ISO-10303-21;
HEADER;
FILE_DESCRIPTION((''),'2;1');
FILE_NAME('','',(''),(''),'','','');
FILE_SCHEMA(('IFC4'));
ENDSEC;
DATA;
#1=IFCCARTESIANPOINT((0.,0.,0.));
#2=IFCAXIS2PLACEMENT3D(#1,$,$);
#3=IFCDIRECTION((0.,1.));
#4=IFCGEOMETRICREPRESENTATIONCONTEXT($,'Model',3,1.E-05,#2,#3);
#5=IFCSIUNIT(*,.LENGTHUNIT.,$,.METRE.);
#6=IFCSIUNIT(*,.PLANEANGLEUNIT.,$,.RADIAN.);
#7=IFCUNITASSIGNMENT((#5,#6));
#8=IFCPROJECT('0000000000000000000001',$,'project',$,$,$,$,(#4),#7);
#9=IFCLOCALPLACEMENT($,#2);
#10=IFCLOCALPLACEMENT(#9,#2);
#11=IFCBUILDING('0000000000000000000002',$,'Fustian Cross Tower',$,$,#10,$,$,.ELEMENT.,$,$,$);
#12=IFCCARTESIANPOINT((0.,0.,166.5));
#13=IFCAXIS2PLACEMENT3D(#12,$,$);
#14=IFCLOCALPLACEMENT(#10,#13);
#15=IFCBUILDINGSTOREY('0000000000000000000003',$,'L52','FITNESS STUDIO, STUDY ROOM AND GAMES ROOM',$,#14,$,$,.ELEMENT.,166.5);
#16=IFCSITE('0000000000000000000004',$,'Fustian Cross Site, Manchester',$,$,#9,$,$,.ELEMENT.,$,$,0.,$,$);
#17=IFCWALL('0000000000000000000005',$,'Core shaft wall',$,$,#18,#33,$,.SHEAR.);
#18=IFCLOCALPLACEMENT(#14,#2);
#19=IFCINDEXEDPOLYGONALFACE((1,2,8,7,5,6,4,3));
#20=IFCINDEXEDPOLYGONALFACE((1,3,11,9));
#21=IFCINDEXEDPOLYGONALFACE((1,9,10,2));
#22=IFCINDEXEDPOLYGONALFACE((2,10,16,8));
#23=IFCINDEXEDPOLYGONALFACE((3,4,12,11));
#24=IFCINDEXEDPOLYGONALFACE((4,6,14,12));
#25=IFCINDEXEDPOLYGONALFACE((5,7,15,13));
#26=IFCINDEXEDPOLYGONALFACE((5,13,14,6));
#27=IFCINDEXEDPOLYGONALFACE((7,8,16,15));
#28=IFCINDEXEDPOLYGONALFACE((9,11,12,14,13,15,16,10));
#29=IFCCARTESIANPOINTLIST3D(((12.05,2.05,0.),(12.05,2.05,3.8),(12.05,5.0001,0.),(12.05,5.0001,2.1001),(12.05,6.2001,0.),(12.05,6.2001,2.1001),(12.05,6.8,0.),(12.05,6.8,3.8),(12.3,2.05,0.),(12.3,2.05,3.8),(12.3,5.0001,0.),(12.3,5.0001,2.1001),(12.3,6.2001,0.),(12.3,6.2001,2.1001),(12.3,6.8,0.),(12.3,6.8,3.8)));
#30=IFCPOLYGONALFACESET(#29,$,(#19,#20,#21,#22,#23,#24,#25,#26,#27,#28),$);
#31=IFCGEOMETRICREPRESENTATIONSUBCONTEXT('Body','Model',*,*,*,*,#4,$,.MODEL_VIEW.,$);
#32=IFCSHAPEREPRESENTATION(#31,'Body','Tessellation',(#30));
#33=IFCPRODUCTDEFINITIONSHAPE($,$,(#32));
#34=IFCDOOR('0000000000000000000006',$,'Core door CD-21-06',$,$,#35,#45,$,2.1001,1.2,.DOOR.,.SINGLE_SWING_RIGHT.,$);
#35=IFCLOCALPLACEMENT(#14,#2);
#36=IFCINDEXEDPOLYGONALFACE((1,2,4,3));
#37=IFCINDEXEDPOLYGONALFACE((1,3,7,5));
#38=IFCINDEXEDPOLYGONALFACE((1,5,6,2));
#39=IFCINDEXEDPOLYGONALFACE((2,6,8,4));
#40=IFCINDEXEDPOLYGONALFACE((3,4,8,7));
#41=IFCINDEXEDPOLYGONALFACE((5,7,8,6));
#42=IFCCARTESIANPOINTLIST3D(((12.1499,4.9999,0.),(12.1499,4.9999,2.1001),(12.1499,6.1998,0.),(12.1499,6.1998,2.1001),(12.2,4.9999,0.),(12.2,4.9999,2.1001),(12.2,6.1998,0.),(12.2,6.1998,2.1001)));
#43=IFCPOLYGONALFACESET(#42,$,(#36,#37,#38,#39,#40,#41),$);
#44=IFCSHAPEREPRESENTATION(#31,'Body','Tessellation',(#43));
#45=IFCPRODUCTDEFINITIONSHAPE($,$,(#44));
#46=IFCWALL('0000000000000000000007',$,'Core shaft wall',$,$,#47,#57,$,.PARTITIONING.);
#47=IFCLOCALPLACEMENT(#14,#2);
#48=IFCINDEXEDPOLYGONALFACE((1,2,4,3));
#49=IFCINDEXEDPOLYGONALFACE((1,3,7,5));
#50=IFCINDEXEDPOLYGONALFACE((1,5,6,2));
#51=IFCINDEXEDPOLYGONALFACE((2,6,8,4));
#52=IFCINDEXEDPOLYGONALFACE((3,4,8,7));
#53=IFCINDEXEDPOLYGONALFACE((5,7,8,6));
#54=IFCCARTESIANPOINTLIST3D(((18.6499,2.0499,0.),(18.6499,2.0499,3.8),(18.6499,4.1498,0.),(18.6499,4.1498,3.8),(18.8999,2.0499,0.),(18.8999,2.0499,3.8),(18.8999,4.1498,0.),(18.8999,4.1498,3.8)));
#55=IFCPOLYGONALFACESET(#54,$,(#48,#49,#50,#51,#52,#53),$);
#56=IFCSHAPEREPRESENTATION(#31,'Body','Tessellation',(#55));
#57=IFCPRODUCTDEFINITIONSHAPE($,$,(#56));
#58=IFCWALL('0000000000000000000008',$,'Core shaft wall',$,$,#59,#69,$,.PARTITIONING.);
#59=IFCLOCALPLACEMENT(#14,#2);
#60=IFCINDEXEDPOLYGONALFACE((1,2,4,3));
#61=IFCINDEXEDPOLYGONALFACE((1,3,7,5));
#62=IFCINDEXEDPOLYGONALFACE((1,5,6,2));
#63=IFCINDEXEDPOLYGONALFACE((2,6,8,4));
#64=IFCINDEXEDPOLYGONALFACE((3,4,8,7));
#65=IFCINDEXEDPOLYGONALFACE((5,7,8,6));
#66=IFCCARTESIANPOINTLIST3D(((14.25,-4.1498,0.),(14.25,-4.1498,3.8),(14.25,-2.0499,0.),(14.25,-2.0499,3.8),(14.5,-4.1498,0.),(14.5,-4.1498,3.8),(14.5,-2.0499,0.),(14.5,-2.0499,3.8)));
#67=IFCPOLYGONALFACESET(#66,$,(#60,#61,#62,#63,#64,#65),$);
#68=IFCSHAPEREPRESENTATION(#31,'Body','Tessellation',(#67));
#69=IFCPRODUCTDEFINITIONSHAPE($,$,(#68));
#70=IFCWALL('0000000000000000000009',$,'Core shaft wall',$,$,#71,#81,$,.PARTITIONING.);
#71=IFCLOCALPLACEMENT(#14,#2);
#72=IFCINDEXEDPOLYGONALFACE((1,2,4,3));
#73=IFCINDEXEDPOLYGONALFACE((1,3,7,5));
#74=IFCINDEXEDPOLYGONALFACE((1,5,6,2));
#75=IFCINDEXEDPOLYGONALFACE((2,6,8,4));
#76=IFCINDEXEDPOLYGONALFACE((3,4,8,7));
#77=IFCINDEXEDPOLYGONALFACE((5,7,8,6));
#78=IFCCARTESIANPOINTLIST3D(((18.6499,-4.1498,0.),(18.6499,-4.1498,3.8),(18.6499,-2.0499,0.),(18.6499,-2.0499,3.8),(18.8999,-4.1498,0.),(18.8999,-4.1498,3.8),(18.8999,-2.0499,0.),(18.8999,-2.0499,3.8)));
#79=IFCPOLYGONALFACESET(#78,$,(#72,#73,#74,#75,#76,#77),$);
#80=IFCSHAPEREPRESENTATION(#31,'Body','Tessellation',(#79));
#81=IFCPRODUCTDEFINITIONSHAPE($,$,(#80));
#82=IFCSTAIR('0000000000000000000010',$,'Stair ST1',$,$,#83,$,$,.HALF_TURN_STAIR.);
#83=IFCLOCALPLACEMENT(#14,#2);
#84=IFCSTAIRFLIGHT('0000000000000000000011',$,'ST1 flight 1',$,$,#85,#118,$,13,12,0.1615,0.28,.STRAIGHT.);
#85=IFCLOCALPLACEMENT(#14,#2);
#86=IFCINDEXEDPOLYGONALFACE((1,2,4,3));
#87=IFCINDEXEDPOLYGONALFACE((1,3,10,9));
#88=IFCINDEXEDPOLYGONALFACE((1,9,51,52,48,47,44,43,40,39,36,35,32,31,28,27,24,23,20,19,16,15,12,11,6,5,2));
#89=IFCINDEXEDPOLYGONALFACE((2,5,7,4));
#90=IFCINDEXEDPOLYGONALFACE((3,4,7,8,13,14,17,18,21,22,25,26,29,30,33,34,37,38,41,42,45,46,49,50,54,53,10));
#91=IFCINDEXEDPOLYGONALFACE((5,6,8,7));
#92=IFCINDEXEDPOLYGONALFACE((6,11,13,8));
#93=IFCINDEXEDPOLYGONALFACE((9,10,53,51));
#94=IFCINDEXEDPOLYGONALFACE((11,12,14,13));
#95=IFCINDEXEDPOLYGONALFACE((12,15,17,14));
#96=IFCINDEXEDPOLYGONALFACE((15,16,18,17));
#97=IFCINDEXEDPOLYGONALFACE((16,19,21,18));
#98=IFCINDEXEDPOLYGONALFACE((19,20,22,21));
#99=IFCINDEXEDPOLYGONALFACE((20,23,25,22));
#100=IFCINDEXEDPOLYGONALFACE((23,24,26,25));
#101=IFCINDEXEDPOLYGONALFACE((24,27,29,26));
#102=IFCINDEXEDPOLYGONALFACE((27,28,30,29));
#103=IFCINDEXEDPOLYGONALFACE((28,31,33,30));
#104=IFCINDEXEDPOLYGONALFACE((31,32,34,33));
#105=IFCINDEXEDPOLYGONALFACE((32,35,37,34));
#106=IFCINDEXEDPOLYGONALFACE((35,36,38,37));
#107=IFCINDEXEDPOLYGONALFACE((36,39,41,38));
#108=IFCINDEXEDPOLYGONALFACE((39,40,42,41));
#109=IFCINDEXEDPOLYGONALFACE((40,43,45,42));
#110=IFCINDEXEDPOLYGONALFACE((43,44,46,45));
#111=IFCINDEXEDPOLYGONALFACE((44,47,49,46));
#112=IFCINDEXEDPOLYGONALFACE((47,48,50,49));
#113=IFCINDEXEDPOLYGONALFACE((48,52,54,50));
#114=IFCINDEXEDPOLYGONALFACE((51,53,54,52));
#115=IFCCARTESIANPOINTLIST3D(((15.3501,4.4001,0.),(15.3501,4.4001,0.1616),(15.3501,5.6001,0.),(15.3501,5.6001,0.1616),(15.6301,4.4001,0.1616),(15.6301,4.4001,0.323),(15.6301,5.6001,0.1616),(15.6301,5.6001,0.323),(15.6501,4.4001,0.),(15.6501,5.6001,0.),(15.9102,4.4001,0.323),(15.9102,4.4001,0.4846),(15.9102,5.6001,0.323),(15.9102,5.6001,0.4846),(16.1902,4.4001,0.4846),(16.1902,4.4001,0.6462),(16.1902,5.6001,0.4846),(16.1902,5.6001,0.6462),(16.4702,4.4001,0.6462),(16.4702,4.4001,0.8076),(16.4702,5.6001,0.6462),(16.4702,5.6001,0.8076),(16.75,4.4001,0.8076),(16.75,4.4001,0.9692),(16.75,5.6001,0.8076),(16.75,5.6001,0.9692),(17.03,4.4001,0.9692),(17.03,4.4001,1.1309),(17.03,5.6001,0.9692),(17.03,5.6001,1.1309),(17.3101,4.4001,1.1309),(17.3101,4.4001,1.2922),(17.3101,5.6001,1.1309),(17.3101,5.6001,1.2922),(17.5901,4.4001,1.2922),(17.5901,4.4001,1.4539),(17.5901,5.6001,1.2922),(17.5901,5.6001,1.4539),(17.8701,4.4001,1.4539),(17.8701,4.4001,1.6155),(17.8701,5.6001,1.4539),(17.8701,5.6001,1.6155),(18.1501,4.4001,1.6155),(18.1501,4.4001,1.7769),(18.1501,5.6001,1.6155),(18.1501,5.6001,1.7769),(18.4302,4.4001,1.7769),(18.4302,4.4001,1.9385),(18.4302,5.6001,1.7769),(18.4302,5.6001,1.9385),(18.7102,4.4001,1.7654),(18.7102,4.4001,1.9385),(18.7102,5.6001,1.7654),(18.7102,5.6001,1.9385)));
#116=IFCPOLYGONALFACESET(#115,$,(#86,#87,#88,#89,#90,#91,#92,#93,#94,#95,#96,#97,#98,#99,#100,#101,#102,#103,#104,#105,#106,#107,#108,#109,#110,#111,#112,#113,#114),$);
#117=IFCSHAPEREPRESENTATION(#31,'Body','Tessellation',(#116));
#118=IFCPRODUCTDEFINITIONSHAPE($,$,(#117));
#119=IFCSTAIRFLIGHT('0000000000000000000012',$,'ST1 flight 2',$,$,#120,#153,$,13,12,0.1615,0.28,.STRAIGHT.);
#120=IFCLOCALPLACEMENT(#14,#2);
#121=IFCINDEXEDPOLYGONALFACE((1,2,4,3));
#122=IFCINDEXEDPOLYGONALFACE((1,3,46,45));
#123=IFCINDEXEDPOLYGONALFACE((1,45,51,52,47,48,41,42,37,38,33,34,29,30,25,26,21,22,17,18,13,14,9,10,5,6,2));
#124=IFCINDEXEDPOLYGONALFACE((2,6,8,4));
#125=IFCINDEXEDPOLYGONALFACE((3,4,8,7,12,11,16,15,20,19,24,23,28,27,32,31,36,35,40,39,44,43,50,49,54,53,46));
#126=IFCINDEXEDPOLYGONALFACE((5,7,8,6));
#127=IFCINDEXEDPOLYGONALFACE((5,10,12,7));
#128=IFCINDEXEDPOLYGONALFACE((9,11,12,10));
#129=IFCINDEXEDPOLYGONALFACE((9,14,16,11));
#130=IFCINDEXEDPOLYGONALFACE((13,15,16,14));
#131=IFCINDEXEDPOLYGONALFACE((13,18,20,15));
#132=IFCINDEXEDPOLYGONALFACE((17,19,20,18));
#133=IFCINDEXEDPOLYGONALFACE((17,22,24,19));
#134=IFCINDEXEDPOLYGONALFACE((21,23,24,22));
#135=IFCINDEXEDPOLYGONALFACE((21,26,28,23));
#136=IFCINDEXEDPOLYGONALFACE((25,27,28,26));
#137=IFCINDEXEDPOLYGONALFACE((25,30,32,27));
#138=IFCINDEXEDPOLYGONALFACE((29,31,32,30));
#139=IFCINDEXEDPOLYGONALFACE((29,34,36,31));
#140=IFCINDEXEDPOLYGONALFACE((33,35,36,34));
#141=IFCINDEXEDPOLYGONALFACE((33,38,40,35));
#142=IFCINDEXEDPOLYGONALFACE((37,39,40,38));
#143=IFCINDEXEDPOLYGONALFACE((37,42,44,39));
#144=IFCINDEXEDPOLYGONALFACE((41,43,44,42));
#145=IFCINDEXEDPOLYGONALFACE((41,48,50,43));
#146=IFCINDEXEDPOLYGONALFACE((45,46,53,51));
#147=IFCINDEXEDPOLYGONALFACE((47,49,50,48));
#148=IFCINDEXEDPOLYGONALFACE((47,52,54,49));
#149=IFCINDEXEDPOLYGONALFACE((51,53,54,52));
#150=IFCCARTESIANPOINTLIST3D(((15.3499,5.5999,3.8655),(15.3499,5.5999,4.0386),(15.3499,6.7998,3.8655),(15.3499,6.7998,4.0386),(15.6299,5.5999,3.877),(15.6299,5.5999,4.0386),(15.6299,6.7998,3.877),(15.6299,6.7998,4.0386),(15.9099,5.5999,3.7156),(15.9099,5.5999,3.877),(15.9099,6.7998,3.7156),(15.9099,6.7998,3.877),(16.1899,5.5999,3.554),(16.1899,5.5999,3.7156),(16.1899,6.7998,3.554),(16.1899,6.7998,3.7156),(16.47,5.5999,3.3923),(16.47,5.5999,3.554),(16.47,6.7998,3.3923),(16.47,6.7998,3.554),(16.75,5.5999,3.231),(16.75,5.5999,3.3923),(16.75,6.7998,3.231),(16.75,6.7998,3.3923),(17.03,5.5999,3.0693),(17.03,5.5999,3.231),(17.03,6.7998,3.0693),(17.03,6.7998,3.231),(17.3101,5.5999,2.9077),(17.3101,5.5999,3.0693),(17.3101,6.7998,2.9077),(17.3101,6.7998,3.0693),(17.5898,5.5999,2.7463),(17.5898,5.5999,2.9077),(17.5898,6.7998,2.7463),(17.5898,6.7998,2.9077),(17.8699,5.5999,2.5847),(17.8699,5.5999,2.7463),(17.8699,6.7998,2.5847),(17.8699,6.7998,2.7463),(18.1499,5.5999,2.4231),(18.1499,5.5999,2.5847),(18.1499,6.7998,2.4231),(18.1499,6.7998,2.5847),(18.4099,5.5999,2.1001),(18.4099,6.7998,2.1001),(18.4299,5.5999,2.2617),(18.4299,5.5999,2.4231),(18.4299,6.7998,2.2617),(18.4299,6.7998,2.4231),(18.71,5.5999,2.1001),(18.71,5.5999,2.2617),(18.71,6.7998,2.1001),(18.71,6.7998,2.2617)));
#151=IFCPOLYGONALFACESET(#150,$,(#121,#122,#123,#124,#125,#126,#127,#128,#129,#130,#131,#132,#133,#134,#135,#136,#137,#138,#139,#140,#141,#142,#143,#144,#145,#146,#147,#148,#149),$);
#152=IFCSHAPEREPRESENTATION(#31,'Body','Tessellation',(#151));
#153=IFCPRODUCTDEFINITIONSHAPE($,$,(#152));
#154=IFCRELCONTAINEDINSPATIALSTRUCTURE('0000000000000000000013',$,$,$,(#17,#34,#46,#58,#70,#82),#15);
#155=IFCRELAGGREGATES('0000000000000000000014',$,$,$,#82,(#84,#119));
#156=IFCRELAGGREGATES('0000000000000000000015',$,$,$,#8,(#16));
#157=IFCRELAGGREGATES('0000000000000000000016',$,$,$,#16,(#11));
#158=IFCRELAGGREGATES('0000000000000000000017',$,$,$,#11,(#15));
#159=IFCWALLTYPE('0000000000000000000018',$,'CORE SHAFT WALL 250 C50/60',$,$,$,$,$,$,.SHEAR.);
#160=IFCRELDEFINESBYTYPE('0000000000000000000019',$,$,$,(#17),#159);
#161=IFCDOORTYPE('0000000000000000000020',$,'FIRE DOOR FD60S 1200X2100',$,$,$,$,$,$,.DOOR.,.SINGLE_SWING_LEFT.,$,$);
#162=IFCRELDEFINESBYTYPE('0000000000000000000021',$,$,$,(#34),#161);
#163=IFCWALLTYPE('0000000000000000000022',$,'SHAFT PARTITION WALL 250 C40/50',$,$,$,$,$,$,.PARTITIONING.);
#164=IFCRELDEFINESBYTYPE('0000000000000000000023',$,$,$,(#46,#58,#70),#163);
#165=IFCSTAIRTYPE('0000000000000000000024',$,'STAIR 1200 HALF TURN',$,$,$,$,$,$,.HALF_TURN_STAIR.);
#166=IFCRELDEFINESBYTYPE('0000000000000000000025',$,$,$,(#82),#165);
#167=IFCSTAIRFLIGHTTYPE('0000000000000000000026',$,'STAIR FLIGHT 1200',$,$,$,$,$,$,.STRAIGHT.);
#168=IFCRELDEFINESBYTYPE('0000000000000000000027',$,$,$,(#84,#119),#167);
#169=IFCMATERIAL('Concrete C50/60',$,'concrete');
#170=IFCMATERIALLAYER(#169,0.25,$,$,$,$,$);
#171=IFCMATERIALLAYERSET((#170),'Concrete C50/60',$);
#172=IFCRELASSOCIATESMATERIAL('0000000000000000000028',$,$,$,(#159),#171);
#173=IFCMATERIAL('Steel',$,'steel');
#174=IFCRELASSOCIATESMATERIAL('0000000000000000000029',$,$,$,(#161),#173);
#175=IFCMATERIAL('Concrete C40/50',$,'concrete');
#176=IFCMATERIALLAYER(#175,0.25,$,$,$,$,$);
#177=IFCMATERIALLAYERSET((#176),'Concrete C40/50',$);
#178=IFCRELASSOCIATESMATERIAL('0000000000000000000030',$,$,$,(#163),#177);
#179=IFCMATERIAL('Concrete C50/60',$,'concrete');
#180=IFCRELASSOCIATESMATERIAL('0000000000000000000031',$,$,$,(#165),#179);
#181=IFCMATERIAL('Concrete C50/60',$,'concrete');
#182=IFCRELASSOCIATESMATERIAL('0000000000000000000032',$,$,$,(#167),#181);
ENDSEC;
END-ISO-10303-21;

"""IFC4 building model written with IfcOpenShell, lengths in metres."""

from ifc_helpers import new_model, si_unit, direction, frame, frame_2d, origin, place, context, subcontext, project, spatial, polyline, rectangle, outline, extrude, material, layer, layer_set, type_object, element, fill, aggregate, save


model = new_model("IFC4")

# Units and contexts
model_context = context("Model", 3, precision=1e-05, world=origin(), true_north=direction((0.0, 1.0)))
body_context = subcontext(model_context, "Body", "Model", "MODEL_VIEW")
ifc_project = project(units=[si_unit("LENGTHUNIT", "METRE"), si_unit("PLANEANGLEUNIT", "RADIAN")], contexts=[model_context])

# Site, building, storey
site_placement = place(None, origin())
site = spatial("IfcSite", under=ifc_project, at=site_placement, Name="Fustian Cross Site, Manchester", CompositionType="ELEMENT", RefElevation=0.0)
building_placement = place(site_placement, origin())
building = spatial("IfcBuilding", under=site, at=building_placement, Name="Fustian Cross Tower", CompositionType="ELEMENT")
storey_placement = place(building_placement, frame((0.0, 0.0, 166.5)))
storey = spatial("IfcBuildingStorey", under=building, at=storey_placement, Name="L52", Description="FITNESS STUDIO, STUDY ROOM AND GAMES ROOM", CompositionType="ELEMENT", Elevation=166.5)

# Shared definitions
ifc_material_1 = material(Name="Concrete C50/60", Category="concrete")
ifc_layer_1 = layer(ifc_material_1, 0.25)
ifc_layer_set_1 = layer_set([ifc_layer_1], Name="Concrete C50/60")
wall_type_1 = type_object("IfcWallType", Name="CORE SHAFT WALL 250 C50/60", PredefinedType="SHEAR", material=ifc_layer_set_1)

# Wall, opening, door
wall_1_placement = place(storey_placement, frame((12.175, 2.05, 0.0), z_axis=(0.0, 0.0, 1.0), x_axis=(0.0, 1.0, 0.0)))
wall_1 = element("IfcWall", 1, at=wall_1_placement, inside=storey, type_object=wall_type_1, Name="Core shaft wall", PredefinedType="SHEAR", context=body_context, shape_type="SweptSolid", body=[
    extrude(rectangle(XDim=4.75, YDim=0.25, at=frame_2d((2.375, 0.0))), origin(), (0.0, 0.0, 1.0), 3.8),
])
opening_1_placement = place(wall_1_placement, frame((2.95, 0.0, 0.0)))
opening_1 = element("IfcOpeningElement", 2, at=opening_1_placement, cuts=wall_1, PredefinedType="OPENING", context=body_context, shape_type="SweptSolid", body=[
    extrude(rectangle(XDim=1.2, YDim=2.1001, at=frame_2d((0.6001, 1.05))), frame((0.0, 0.135, 0.0), z_axis=(0.0, -1.0, 0.0), x_axis=(1.0, 0.0, 0.0)), (0.0, 0.0, 1.0), 0.27),
])
ifc_material_2 = material(Name="Steel", Category="steel")
door_type_1 = type_object("IfcDoorType", Name="FIRE DOOR FD60S 1200X2100", OperationType="SINGLE_SWING_LEFT", PredefinedType="DOOR", material=ifc_material_2)
door_1_placement = place(opening_1_placement, frame((1.2, 0.0, 0.0), z_axis=(0.0, 0.0, 1.0), x_axis=(-1.0, 0.0, 0.0)))
door_1 = element("IfcDoor", 3, at=door_1_placement, inside=storey, type_object=door_type_1, Name="Core door CD-21-06", OperationType="SINGLE_SWING_RIGHT", OverallHeight=2.1001, OverallWidth=1.2, PredefinedType="DOOR", context=body_context, shape_type="SweptSolid", body=[
    extrude(rectangle(XDim=1.2, YDim=2.1001, at=frame_2d((0.6001, 1.05))), frame((0.0, 0.0249, 0.0), z_axis=(0.0, -1.0, 0.0), x_axis=(1.0, 0.0, 0.0)), (0.0, 0.0, 1.0), 0.05),
])
fill(opening_1, door_1)

# Walls
ifc_material_3 = material(Name="Concrete C40/50", Category="concrete")
ifc_layer_2 = layer(ifc_material_3, 0.25)
ifc_layer_set_2 = layer_set([ifc_layer_2], Name="Concrete C40/50")
wall_type_2 = type_object("IfcWallType", Name="SHAFT PARTITION WALL 250 C40/50", PredefinedType="PARTITIONING", material=ifc_layer_set_2)
for number, where, z_axis, x_axis, name in (
    (4, (18.7749, 2.05, 0.0), (0.0, 0.0, 1.0), (0.0, 1.0, 0.0), "Core shaft wall"),
    (5, (14.375, -2.05, 0.0), (0.0, 0.0, 1.0), (0.0, -1.0, 0.0), "Core shaft wall"),
    (6, (18.7749, -2.05, 0.0), (0.0, 0.0, 1.0), (0.0, -1.0, 0.0), "Core shaft wall"),
):
    element("IfcWall", number, at=place(storey_placement, frame(where, z_axis=z_axis, x_axis=x_axis)), inside=storey, type_object=wall_type_2, Name=name, PredefinedType="PARTITIONING", context=body_context, shape_type="SweptSolid", body=[
        extrude(rectangle(XDim=2.0999, YDim=0.25, at=frame_2d((1.0498, 0.0))), origin(), (0.0, 0.0, 1.0), 3.8),
    ])

# Stair, stair flights
ifc_material_4 = material(Name="Concrete C50/60", Category="concrete")
stair_type = type_object("IfcStairType", Name="STAIR 1200 HALF TURN", PredefinedType="HALF_TURN_STAIR", material=ifc_material_4)
stair_placement = place(storey_placement, origin())
stair = element("IfcStair", 7, at=stair_placement, inside=storey, type_object=stair_type, Name="Stair ST1", PredefinedType="HALF_TURN_STAIR")
ifc_material_5 = material(Name="Concrete C50/60", Category="concrete")
stair_flight_type = type_object("IfcStairFlightType", Name="STAIR FLIGHT 1200", PredefinedType="STRAIGHT", material=ifc_material_5)
stair_flight_1_placement = place(storey_placement, frame((15.3501, 5.0, 0.0), z_axis=(0.0, 0.0, 1.0), x_axis=(1.0, 0.0, 0.0)))
stair_flight_1 = element("IfcStairFlight", 8, at=stair_flight_1_placement, type_object=stair_flight_type, Name="ST1 flight 1", NumberOfRisers=13, NumberOfTreads=12, PredefinedType="STRAIGHT", RiserHeight=0.1615, TreadLength=0.28, context=body_context, shape_type="SweptSolid", body=[
    extrude(outline(polyline([(0.0, 0.0), (0.0, 0.1616), (0.28, 0.1616), (0.28, 0.323), (0.5601, 0.323), (0.5601, 0.4846), (0.8401, 0.4846), (0.8401, 0.6462), (1.1201, 0.6462), (1.1201, 0.8076), (1.3999, 0.8076), (1.3999, 0.9692), (1.6799, 0.9692), (1.6799, 1.1309), (1.96, 1.1309), (1.96, 1.2922), (2.24, 1.2922), (2.24, 1.4539), (2.52, 1.4539), (2.52, 1.6155), (2.8, 1.6155), (2.8, 1.7769), (3.0801, 1.7769), (3.0801, 1.9385), (3.3601, 1.9385), (3.3601, 2.1001), (3.3601, 1.7654), (0.3, 0.0), (0.0, 0.0)])), frame((0.0, 0.6001, 0.0), z_axis=(0.0, -1.0, 0.0), x_axis=(1.0, 0.0, 0.0)), (0.0, 0.0, 1.0), 1.2),
])
stair_flight_2_placement = place(storey_placement, frame((18.71, 6.2, 2.1001), z_axis=(0.0, 0.0, 1.0), x_axis=(-1.0, 0.0, 0.0)))
stair_flight_2 = element("IfcStairFlight", 9, at=stair_flight_2_placement, type_object=stair_flight_type, Name="ST1 flight 2", NumberOfRisers=13, NumberOfTreads=12, PredefinedType="STRAIGHT", RiserHeight=0.1615, TreadLength=0.28, context=body_context, shape_type="SweptSolid", body=[
    extrude(outline(polyline([(0.0, 0.0), (0.0, 0.1616), (0.28, 0.1616), (0.28, 0.323), (0.5601, 0.323), (0.5601, 0.4846), (0.8401, 0.4846), (0.8401, 0.6462), (1.1201, 0.6462), (1.1201, 0.8076), (1.3999, 0.8076), (1.3999, 0.9692), (1.6799, 0.9692), (1.6799, 1.1309), (1.96, 1.1309), (1.96, 1.2922), (2.24, 1.2922), (2.24, 1.4539), (2.52, 1.4539), (2.52, 1.6155), (2.8, 1.6155), (2.8, 1.7769), (3.0801, 1.7769), (3.0801, 1.9385), (3.3601, 1.9385), (3.3601, 2.1001), (3.3601, 1.7654), (0.3, 0.0), (0.0, 0.0)])), frame((0.0, 0.6001, 0.0), z_axis=(0.0, -1.0, 0.0), x_axis=(1.0, 0.0, 0.0)), (0.0, 0.0, 1.0), 1.2),
])
aggregate(stair, [stair_flight_1, stair_flight_2])

save(model, "model.ifc")
